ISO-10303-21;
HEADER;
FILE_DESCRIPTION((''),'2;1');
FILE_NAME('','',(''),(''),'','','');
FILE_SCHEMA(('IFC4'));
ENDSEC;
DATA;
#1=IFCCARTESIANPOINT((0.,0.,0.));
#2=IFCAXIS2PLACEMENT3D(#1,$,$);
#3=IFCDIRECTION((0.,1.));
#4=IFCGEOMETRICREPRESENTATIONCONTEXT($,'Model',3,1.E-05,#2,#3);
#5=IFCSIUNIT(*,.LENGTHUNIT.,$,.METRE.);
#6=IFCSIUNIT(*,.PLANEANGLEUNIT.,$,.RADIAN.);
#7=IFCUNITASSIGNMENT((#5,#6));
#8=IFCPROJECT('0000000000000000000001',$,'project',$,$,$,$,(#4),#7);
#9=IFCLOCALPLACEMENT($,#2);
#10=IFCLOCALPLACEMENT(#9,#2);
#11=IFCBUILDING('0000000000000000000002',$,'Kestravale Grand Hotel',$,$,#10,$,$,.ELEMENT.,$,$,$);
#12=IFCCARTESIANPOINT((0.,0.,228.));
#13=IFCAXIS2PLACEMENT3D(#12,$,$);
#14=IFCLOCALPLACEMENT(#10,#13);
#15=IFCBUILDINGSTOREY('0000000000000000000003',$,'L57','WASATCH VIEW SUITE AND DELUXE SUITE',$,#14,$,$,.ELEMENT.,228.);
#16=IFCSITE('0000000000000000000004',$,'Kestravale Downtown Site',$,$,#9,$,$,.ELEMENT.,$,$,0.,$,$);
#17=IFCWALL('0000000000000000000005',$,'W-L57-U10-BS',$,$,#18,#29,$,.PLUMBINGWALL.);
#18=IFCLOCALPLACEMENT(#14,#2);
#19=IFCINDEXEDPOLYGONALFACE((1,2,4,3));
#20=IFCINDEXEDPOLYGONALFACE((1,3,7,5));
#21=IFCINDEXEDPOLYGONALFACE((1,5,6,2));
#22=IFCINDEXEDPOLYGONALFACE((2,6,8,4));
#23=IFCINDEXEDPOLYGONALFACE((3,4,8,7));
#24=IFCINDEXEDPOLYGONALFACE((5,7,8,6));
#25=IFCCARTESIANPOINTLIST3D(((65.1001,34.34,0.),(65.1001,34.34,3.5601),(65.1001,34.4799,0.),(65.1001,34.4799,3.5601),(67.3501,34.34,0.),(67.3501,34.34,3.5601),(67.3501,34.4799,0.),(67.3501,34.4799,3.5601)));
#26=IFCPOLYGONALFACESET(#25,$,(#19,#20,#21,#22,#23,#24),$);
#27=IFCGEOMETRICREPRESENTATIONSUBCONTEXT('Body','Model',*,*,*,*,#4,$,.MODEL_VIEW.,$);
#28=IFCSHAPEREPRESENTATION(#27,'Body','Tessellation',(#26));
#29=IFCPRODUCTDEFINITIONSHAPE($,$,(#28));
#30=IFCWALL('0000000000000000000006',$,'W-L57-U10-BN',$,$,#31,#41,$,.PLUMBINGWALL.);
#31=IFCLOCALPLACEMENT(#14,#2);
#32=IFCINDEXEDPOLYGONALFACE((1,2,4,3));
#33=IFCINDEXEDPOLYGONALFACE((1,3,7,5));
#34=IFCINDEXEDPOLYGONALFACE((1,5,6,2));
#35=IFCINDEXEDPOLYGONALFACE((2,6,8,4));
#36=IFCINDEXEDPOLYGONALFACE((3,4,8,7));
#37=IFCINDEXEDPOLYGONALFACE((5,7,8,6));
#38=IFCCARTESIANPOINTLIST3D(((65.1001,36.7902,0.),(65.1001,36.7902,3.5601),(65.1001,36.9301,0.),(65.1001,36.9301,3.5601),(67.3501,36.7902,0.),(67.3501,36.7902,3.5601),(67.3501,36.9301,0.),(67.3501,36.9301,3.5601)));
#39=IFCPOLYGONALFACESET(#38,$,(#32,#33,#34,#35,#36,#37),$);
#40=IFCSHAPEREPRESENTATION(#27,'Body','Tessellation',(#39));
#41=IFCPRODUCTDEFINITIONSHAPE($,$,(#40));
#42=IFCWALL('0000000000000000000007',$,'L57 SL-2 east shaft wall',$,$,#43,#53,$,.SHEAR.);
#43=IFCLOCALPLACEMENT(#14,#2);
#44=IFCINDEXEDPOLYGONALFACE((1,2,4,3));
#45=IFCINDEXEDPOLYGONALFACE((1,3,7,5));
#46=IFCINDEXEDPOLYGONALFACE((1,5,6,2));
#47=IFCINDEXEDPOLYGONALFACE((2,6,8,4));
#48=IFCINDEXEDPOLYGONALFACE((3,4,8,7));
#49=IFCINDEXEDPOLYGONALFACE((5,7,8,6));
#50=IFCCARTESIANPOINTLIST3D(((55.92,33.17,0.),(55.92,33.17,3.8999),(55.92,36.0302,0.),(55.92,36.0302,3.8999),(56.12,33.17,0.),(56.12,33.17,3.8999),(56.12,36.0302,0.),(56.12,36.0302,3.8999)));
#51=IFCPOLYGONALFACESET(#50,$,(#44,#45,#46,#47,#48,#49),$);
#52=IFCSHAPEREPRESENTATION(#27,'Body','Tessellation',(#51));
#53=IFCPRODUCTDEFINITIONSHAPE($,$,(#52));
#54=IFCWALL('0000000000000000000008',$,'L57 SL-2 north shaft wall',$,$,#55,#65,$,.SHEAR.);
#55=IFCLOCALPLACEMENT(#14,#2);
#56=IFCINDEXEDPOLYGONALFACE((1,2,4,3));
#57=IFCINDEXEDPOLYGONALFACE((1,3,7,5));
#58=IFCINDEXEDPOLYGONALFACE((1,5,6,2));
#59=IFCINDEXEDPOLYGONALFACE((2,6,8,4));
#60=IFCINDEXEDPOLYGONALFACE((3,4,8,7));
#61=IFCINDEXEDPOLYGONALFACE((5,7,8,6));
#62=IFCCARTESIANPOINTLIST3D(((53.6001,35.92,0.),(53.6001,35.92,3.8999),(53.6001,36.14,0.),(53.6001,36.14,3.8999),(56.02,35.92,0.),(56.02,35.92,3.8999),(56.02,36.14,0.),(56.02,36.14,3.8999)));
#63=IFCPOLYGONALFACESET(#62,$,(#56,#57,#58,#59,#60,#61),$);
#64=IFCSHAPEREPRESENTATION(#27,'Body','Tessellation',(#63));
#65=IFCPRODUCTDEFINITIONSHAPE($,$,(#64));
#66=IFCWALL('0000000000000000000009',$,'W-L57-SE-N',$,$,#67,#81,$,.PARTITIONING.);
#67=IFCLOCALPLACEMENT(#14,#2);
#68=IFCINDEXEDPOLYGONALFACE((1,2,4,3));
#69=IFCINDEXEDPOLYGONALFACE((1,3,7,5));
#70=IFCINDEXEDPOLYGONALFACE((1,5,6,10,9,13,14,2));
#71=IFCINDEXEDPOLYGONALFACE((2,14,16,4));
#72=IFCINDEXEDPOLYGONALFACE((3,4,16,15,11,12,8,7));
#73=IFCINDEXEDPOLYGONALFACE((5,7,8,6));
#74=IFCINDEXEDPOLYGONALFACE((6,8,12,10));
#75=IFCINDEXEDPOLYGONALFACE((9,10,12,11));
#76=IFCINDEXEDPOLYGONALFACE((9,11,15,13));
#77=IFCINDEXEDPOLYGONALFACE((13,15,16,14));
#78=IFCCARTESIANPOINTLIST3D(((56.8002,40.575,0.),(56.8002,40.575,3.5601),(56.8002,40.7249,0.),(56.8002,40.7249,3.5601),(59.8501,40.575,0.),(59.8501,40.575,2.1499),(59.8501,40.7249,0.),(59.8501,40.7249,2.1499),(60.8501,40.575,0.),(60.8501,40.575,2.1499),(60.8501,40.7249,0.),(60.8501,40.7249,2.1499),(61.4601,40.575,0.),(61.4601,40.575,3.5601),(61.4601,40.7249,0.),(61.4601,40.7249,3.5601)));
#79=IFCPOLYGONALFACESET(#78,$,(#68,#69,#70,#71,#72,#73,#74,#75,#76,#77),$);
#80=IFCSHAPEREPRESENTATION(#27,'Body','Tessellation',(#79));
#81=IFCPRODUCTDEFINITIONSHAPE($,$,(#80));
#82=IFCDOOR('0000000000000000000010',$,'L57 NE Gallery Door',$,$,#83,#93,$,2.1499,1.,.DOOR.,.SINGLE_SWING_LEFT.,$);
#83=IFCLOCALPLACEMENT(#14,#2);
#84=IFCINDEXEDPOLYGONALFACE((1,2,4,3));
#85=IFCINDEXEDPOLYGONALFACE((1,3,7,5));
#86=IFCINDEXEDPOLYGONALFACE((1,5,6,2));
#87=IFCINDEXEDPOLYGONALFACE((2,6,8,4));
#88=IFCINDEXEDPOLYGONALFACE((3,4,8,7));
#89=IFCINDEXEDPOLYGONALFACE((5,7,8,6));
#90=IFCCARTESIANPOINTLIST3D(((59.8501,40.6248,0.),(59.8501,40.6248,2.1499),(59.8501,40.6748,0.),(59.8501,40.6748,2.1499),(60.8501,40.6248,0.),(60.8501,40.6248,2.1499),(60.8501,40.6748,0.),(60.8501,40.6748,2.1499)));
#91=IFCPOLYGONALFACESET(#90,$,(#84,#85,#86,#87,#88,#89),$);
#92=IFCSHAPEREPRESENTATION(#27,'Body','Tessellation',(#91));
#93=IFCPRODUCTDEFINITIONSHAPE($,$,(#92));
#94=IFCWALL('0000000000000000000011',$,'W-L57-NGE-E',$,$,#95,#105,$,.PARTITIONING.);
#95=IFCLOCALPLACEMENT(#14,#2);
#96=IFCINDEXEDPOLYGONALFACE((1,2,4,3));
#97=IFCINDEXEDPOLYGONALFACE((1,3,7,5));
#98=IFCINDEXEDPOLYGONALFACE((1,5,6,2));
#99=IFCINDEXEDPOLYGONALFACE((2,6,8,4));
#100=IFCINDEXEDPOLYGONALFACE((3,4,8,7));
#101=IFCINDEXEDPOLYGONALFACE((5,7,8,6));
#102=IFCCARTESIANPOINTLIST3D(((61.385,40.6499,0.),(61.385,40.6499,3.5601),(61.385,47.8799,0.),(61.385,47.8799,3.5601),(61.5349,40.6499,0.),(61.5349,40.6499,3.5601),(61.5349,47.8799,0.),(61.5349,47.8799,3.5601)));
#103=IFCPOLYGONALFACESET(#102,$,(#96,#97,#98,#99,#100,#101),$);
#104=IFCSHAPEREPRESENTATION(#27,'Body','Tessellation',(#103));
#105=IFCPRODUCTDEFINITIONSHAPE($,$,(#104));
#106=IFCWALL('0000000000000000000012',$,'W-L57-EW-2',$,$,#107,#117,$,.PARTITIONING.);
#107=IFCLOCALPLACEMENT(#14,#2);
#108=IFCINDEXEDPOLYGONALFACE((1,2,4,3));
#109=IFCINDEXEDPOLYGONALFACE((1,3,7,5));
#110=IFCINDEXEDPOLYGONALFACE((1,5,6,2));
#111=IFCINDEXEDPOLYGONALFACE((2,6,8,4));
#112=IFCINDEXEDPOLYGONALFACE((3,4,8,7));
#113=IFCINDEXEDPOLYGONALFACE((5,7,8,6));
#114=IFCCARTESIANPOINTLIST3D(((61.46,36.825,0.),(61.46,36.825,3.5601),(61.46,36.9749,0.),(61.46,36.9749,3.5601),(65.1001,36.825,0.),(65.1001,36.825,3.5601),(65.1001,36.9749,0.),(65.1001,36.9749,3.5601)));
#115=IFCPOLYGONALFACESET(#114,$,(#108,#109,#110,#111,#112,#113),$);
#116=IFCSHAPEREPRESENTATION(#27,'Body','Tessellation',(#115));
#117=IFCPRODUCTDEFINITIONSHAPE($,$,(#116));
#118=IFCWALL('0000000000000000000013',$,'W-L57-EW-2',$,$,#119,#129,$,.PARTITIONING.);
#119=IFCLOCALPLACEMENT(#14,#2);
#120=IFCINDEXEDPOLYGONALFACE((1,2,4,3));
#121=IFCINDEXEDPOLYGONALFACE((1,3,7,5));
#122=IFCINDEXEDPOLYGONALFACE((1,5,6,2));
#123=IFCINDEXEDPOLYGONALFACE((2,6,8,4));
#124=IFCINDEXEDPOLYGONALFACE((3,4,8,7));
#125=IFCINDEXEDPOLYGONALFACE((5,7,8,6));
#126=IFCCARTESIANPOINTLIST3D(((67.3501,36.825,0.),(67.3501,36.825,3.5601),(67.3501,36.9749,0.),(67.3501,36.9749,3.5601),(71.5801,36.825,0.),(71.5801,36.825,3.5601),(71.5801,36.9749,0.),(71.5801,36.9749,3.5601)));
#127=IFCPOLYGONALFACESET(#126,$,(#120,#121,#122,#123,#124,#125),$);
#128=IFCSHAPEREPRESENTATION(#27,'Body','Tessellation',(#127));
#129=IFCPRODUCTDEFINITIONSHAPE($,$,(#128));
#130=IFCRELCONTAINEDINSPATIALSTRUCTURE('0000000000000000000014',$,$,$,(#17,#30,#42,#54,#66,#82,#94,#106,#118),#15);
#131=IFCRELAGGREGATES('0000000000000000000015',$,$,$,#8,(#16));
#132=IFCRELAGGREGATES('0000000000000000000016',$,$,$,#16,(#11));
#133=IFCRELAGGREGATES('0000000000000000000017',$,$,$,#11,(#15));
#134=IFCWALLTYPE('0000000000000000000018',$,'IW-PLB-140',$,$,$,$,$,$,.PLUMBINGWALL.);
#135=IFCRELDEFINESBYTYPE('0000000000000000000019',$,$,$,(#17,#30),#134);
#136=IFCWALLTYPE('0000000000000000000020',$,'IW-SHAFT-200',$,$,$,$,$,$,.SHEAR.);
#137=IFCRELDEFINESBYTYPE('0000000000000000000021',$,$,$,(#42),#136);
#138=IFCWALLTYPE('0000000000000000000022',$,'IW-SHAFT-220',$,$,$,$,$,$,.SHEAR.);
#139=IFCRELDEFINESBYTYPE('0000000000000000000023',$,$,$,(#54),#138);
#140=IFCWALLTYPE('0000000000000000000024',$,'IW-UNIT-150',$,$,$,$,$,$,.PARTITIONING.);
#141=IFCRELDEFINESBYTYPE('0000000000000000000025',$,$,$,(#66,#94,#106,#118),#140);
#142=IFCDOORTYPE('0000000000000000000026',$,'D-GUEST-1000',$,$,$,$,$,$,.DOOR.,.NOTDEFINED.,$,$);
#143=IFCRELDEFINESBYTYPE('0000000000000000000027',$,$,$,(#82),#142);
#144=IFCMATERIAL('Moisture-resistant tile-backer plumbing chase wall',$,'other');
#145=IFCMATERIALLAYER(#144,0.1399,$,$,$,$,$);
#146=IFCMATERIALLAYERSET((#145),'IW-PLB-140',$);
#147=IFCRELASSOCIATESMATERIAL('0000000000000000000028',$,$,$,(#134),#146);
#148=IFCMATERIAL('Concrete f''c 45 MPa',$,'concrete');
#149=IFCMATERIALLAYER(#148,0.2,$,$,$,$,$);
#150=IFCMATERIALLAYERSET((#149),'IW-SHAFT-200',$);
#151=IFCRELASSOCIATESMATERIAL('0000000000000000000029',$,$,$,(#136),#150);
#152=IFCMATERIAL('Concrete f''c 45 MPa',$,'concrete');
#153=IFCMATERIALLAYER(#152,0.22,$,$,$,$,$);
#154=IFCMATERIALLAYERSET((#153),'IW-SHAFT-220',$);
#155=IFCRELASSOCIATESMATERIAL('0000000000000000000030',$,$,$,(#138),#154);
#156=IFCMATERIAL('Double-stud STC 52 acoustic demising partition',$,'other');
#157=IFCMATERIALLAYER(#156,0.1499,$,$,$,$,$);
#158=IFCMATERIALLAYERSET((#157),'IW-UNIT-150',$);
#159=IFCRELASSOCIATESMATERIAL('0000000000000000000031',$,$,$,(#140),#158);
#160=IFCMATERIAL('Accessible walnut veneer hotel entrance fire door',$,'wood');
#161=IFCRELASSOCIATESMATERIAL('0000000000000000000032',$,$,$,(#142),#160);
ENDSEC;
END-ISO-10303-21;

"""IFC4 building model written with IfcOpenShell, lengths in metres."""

from ifc_helpers import new_model, si_unit, direction, frame, frame_2d, origin, place, context, subcontext, project, spatial, rectangle, extrude, material, layer, layer_set, type_object, element, fill, save


model = new_model("IFC4")

# Units and contexts
model_context = context("Model", 3, precision=1e-05, world=origin(), true_north=direction((0.0, 1.0)))
body_context = subcontext(model_context, "Body", "Model", "MODEL_VIEW")
ifc_project = project(units=[si_unit("LENGTHUNIT", "METRE"), si_unit("PLANEANGLEUNIT", "RADIAN")], contexts=[model_context])

# Site, building, storey
site_placement = place(None, origin())
site = spatial("IfcSite", under=ifc_project, at=site_placement, Name="Kestravale Downtown Site", CompositionType="ELEMENT", RefElevation=0.0)
building_placement = place(site_placement, origin())
building = spatial("IfcBuilding", under=site, at=building_placement, Name="Kestravale Grand Hotel", CompositionType="ELEMENT")
storey_placement = place(building_placement, frame((0.0, 0.0, 228.0)))
storey = spatial("IfcBuildingStorey", under=building, at=storey_placement, Name="L57", Description="WASATCH VIEW SUITE AND DELUXE SUITE", CompositionType="ELEMENT", Elevation=228.0)

# Shared definitions
ifc_material_1 = material(Name="Moisture-resistant tile-backer plumbing chase wall", Category="other")
ifc_layer_1 = layer(ifc_material_1, 0.1399)
ifc_layer_set_1 = layer_set([ifc_layer_1], Name="IW-PLB-140")
wall_type_1 = type_object("IfcWallType", Name="IW-PLB-140", PredefinedType="PLUMBINGWALL", material=ifc_layer_set_1)

# Walls
for number, where, z_axis, x_axis, name in (
    (1, (65.1001, 34.4099, 0.0), (0.0, 0.0, 1.0), (1.0, 0.0, 0.0), "W-L57-U10-BS"),
    (2, (65.1001, 36.8601, 0.0), (0.0, 0.0, 1.0), (1.0, 0.0, 0.0), "W-L57-U10-BN"),
):
    element("IfcWall", number, at=place(storey_placement, frame(where, z_axis=z_axis, x_axis=x_axis)), inside=storey, type_object=wall_type_1, Name=name, PredefinedType="PLUMBINGWALL", context=body_context, shape_type="SweptSolid", body=[
        extrude(rectangle(XDim=2.25, YDim=0.1399, at=frame_2d((1.125, 0.0))), origin(), (0.0, 0.0, 1.0), 3.5601),
    ])
ifc_material_2 = material(Name="Concrete f'c 45 MPa", Category="concrete")
ifc_layer_2 = layer(ifc_material_2, 0.2)
ifc_layer_set_2 = layer_set([ifc_layer_2], Name="IW-SHAFT-200")
wall_type_2 = type_object("IfcWallType", Name="IW-SHAFT-200", PredefinedType="SHEAR", material=ifc_layer_set_2)
wall_1_placement = place(storey_placement, frame((56.02, 33.1699, 0.0), z_axis=(0.0, 0.0, 1.0), x_axis=(0.0, 1.0, 0.0)))
element("IfcWall", 3, at=wall_1_placement, inside=storey, type_object=wall_type_2, Name="L57 SL-2 east shaft wall", PredefinedType="SHEAR", context=body_context, shape_type="SweptSolid", body=[
    extrude(rectangle(XDim=2.8601, YDim=0.2, at=frame_2d((1.4302, 0.0))), origin(), (0.0, 0.0, 1.0), 3.8999),
])
ifc_material_3 = material(Name="Concrete f'c 45 MPa", Category="concrete")
ifc_layer_3 = layer(ifc_material_3, 0.22)
ifc_layer_set_3 = layer_set([ifc_layer_3], Name="IW-SHAFT-220")
wall_type_3 = type_object("IfcWallType", Name="IW-SHAFT-220", PredefinedType="SHEAR", material=ifc_layer_set_3)
wall_2_placement = place(storey_placement, frame((53.6001, 36.03, 0.0), z_axis=(0.0, 0.0, 1.0), x_axis=(1.0, 0.0, 0.0)))
element("IfcWall", 4, at=wall_2_placement, inside=storey, type_object=wall_type_3, Name="L57 SL-2 north shaft wall", PredefinedType="SHEAR", context=body_context, shape_type="SweptSolid", body=[
    extrude(rectangle(XDim=2.4199, YDim=0.22, at=frame_2d((1.21, 0.0))), origin(), (0.0, 0.0, 1.0), 3.8999),
])

# Wall, opening, door
ifc_material_4 = material(Name="Double-stud STC 52 acoustic demising partition", Category="other")
ifc_layer_4 = layer(ifc_material_4, 0.1499)
ifc_layer_set_4 = layer_set([ifc_layer_4], Name="IW-UNIT-150")
wall_type_4 = type_object("IfcWallType", Name="IW-UNIT-150", PredefinedType="PARTITIONING", material=ifc_layer_set_4)
wall_3_placement = place(storey_placement, frame((56.8, 40.6499, 0.0), z_axis=(0.0, 0.0, 1.0), x_axis=(1.0, 0.0, 0.0)))
wall_3 = element("IfcWall", 5, at=wall_3_placement, inside=storey, type_object=wall_type_4, Name="W-L57-SE-N", PredefinedType="PARTITIONING", context=body_context, shape_type="SweptSolid", body=[
    extrude(rectangle(XDim=4.6599, YDim=0.1499, at=frame_2d((2.3301, 0.0))), origin(), (0.0, 0.0, 1.0), 3.5601),
])
opening_1_placement = place(wall_3_placement, frame((3.05, 0.0, 0.0)))
opening_1 = element("IfcOpeningElement", 6, at=opening_1_placement, cuts=wall_3, PredefinedType="OPENING", context=body_context, shape_type="SweptSolid", body=[
    extrude(rectangle(XDim=1.0, YDim=2.1499, at=frame_2d((0.5, 1.075))), frame((0.0, 0.085, 0.0), z_axis=(0.0, -1.0, 0.0), x_axis=(1.0, 0.0, 0.0)), (0.0, 0.0, 1.0), 0.1699),
])
ifc_material_5 = material(Name="Accessible walnut veneer hotel entrance fire door", Category="wood")
door_type_1 = type_object("IfcDoorType", Name="D-GUEST-1000", OperationType="NOTDEFINED", PredefinedType="DOOR", material=ifc_material_5)
door_1_placement = place(opening_1_placement, origin())
door_1 = element("IfcDoor", 7, at=door_1_placement, inside=storey, type_object=door_type_1, Name="L57 NE Gallery Door", OperationType="SINGLE_SWING_LEFT", OverallHeight=2.1499, OverallWidth=1.0, PredefinedType="DOOR", context=body_context, shape_type="SweptSolid", body=[
    extrude(rectangle(XDim=1.0, YDim=2.1499, at=frame_2d((0.5, 1.075))), frame((0.0, 0.0249, 0.0), z_axis=(0.0, -1.0, 0.0), x_axis=(1.0, 0.0, 0.0)), (0.0, 0.0, 1.0), 0.05),
])
fill(opening_1, door_1)

# Walls
wall_4_placement = place(storey_placement, frame((61.46, 40.6499, 0.0), z_axis=(0.0, 0.0, 1.0), x_axis=(0.0, 1.0, 0.0)))
element("IfcWall", 8, at=wall_4_placement, inside=storey, type_object=wall_type_4, Name="W-L57-NGE-E", PredefinedType="PARTITIONING", context=body_context, shape_type="SweptSolid", body=[
    extrude(rectangle(XDim=7.23, YDim=0.1499, at=frame_2d((3.615, 0.0))), origin(), (0.0, 0.0, 1.0), 3.5601),
])
wall_5_placement = place(storey_placement, frame((61.46, 36.8999, 0.0), z_axis=(0.0, 0.0, 1.0), x_axis=(1.0, 0.0, 0.0)))
element("IfcWall", 9, at=wall_5_placement, inside=storey, type_object=wall_type_4, Name="W-L57-EW-2", PredefinedType="PARTITIONING", context=body_context, shape_type="SweptSolid", body=[
    extrude(rectangle(XDim=3.6401, YDim=0.1499, at=frame_2d((1.8201, 0.0))), origin(), (0.0, 0.0, 1.0), 3.5601),
])
wall_6_placement = place(storey_placement, frame((67.3501, 36.8999, 0.0), z_axis=(0.0, 0.0, 1.0), x_axis=(1.0, 0.0, 0.0)))
element("IfcWall", 10, at=wall_6_placement, inside=storey, type_object=wall_type_4, Name="W-L57-EW-2", PredefinedType="PARTITIONING", context=body_context, shape_type="SweptSolid", body=[
    extrude(rectangle(XDim=4.23, YDim=0.1499, at=frame_2d((2.115, 0.0))), origin(), (0.0, 0.0, 1.0), 3.5601),
])

save(model, "model.ifc")
